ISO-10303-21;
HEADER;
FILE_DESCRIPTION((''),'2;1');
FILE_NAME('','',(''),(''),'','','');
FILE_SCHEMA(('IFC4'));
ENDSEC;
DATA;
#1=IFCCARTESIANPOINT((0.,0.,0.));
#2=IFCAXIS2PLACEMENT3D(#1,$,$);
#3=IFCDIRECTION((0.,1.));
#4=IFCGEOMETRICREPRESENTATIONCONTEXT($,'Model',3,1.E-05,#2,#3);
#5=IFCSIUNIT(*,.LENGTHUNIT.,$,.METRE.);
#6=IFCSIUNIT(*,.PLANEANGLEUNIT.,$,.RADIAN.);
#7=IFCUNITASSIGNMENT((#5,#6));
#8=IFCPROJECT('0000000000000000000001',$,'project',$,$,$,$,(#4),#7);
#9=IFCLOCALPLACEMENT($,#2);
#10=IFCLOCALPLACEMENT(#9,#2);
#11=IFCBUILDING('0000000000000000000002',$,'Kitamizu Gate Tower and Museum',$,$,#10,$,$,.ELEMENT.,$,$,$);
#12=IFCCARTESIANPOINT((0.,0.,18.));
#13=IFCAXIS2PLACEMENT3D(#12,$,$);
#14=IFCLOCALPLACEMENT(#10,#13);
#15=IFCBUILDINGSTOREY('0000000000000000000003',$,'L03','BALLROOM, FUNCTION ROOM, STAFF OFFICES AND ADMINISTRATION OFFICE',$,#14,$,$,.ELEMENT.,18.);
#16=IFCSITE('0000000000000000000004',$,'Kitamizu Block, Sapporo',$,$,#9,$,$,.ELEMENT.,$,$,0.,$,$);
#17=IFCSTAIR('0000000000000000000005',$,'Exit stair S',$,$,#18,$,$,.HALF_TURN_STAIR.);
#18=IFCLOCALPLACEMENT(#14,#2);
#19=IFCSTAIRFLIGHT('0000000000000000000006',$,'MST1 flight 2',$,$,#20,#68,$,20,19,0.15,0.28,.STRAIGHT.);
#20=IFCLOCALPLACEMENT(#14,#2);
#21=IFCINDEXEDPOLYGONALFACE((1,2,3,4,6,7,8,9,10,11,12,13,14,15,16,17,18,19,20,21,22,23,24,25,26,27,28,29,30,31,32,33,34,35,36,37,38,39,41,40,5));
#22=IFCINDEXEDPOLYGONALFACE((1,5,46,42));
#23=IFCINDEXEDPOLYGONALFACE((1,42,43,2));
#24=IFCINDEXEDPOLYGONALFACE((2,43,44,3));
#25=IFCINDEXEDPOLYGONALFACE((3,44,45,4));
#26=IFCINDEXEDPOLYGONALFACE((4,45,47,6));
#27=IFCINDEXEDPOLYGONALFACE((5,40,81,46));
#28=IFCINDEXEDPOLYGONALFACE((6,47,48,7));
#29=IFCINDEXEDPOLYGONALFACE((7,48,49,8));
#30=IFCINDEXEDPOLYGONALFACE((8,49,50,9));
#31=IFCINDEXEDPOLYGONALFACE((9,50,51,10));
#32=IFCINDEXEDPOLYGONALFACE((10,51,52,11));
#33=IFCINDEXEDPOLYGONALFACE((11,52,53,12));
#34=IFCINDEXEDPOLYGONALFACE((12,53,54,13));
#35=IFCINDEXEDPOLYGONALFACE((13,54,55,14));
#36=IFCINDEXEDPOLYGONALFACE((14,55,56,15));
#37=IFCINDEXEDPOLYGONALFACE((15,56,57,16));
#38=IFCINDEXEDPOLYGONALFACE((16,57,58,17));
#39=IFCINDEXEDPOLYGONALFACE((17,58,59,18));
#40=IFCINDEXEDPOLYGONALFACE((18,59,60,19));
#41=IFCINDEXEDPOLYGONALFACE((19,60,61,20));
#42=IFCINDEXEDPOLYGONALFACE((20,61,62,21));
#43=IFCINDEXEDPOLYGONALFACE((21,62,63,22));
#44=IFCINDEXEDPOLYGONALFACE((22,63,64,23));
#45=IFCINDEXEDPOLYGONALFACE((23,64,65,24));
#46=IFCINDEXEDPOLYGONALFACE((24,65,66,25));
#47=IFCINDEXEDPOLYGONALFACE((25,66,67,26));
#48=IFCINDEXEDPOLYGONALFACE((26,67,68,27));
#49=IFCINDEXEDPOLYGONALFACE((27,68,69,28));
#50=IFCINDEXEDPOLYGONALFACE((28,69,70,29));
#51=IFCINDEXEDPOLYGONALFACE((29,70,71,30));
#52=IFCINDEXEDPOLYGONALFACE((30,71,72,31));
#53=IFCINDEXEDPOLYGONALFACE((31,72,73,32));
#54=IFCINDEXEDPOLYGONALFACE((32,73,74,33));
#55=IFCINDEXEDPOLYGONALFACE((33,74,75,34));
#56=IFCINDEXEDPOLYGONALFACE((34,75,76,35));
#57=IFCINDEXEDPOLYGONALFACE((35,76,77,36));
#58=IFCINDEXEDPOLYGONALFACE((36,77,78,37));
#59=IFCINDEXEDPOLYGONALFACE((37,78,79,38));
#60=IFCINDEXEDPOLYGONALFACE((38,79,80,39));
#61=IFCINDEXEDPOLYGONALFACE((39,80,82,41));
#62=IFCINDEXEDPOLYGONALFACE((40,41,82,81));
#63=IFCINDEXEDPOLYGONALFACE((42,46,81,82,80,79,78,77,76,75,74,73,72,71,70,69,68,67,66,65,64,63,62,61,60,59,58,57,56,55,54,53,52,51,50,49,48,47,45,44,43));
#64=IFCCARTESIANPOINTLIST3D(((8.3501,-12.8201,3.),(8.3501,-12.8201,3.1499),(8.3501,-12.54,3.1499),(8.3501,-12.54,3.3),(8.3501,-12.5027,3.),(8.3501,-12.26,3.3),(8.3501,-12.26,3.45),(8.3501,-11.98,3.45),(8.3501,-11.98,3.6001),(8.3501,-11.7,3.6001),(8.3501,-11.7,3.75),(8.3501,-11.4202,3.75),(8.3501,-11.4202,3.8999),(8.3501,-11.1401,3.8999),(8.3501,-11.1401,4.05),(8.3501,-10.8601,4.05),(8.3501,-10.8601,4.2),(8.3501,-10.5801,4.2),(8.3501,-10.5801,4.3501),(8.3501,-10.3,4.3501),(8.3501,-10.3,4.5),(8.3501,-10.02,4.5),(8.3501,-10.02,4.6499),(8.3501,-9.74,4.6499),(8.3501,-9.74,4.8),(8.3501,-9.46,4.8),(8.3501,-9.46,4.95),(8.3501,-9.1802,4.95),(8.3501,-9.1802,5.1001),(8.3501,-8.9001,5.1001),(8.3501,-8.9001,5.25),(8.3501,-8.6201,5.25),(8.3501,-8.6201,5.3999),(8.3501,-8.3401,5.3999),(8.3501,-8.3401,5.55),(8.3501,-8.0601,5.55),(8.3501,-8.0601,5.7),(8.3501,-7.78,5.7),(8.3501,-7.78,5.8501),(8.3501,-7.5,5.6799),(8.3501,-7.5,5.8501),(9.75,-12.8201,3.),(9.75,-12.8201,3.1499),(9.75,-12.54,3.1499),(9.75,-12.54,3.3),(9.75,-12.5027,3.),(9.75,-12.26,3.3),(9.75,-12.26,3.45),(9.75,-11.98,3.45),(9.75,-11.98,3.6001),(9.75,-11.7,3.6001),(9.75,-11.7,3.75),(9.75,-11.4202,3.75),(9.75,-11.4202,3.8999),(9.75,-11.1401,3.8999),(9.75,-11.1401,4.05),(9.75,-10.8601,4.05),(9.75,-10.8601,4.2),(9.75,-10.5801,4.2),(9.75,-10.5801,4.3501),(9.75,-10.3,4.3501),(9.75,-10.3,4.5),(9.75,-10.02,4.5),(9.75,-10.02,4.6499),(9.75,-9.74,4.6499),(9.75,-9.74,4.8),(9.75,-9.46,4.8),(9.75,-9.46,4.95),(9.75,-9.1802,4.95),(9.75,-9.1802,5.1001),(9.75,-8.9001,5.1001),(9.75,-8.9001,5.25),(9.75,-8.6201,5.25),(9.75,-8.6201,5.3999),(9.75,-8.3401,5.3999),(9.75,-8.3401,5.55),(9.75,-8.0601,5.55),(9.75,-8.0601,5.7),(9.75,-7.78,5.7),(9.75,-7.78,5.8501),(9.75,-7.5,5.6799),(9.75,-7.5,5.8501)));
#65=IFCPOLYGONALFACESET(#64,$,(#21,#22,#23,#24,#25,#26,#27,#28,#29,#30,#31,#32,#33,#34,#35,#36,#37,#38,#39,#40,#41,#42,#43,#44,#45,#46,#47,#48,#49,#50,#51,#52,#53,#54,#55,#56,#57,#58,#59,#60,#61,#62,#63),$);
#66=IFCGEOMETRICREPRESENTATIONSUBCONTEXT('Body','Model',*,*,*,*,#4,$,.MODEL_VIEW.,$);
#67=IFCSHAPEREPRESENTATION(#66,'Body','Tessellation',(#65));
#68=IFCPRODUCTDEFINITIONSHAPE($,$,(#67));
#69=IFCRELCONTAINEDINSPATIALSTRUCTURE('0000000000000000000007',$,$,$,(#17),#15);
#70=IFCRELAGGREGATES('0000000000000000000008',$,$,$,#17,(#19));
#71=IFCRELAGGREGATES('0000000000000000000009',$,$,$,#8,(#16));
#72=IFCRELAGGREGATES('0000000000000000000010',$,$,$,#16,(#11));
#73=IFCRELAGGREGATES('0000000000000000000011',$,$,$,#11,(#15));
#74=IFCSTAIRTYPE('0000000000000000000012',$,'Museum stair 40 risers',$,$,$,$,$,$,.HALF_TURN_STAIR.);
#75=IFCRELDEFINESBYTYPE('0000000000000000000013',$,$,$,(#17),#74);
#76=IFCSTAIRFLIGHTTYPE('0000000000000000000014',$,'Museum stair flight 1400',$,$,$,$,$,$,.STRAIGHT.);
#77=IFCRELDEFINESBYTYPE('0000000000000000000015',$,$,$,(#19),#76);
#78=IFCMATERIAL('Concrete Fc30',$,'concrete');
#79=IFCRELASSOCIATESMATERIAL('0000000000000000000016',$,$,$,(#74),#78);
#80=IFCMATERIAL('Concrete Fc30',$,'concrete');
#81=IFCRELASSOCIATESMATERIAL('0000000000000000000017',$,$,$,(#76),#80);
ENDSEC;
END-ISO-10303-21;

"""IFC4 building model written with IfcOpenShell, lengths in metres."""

from ifc_helpers import new_model, si_unit, direction, frame, origin, place, context, subcontext, project, spatial, polyline, outline, extrude, material, type_object, element, aggregate, save


model = new_model("IFC4")

# Units and contexts
model_context = context("Model", 3, precision=1e-05, world=origin(), true_north=direction((0.0, 1.0)))
body_context = subcontext(model_context, "Body", "Model", "MODEL_VIEW")
ifc_project = project(units=[si_unit("LENGTHUNIT", "METRE"), si_unit("PLANEANGLEUNIT", "RADIAN")], contexts=[model_context])

# Site, building, storey
site_placement = place(None, origin())
site = spatial("IfcSite", under=ifc_project, at=site_placement, Name="Kitamizu Block, Sapporo", CompositionType="ELEMENT", RefElevation=0.0)
building_placement = place(site_placement, origin())
building = spatial("IfcBuilding", under=site, at=building_placement, Name="Kitamizu Gate Tower and Museum", CompositionType="ELEMENT")
storey_placement = place(building_placement, frame((0.0, 0.0, 18.0)))
storey = spatial("IfcBuildingStorey", under=building, at=storey_placement, Name="L03", Description="BALLROOM, FUNCTION ROOM, STAFF OFFICES AND ADMINISTRATION OFFICE", CompositionType="ELEMENT", Elevation=18.0)

# Stair, stair flight
ifc_material_1 = material(Name="Concrete Fc30", Category="concrete")
stair_type = type_object("IfcStairType", Name="Museum stair 40 risers", PredefinedType="HALF_TURN_STAIR", material=ifc_material_1)
stair_placement = place(storey_placement, origin())
stair = element("IfcStair", 1, at=stair_placement, inside=storey, type_object=stair_type, Name="Exit stair S", PredefinedType="HALF_TURN_STAIR")
ifc_material_2 = material(Name="Concrete Fc30", Category="concrete")
stair_flight_type = type_object("IfcStairFlightType", Name="Museum stair flight 1400", PredefinedType="STRAIGHT", material=ifc_material_2)
stair_flight_placement = place(storey_placement, frame((9.05, -12.8201, 3.0), z_axis=(0.0, 0.0, 1.0), x_axis=(0.0, 1.0, 0.0)))
stair_flight = element("IfcStairFlight", 2, at=stair_flight_placement, type_object=stair_flight_type, Name="MST1 flight 2", NumberOfRisers=20, NumberOfTreads=19, PredefinedType="STRAIGHT", RiserHeight=0.15, TreadLength=0.28, context=body_context, shape_type="SweptSolid", body=[
    extrude(outline(polyline([(0.0, 0.0), (0.0, 0.1499), (0.28, 0.1499), (0.28, 0.3), (0.5601, 0.3), (0.5601, 0.45), (0.8401, 0.45), (0.8401, 0.6001), (1.1201, 0.6001), (1.1201, 0.75), (1.3999, 0.75), (1.3999, 0.8999), (1.6799, 0.8999), (1.6799, 1.05), (1.96, 1.05), (1.96, 1.2), (2.24, 1.2), (2.24, 1.3501), (2.52, 1.3501), (2.52, 1.5), (2.8, 1.5), (2.8, 1.6499), (3.0801, 1.6499), (3.0801, 1.8), (3.3601, 1.8), (3.3601, 1.95), (3.6399, 1.95), (3.6399, 2.1001), (3.9199, 2.1001), (3.9199, 2.25), (4.2, 2.25), (4.2, 2.3999), (4.48, 2.3999), (4.48, 2.55), (4.76, 2.55), (4.76, 2.7), (5.04, 2.7), (5.04, 2.8501), (5.3201, 2.8501), (5.3201, 3.0), (5.3201, 2.6799), (0.3174, 0.0), (0.0, 0.0)])), frame((0.0, 0.7, 0.0), z_axis=(0.0, -1.0, 0.0), x_axis=(1.0, 0.0, 0.0)), (0.0, 0.0, 1.0), 1.3999),
])
aggregate(stair, [stair_flight])

save(model, "model.ifc")
